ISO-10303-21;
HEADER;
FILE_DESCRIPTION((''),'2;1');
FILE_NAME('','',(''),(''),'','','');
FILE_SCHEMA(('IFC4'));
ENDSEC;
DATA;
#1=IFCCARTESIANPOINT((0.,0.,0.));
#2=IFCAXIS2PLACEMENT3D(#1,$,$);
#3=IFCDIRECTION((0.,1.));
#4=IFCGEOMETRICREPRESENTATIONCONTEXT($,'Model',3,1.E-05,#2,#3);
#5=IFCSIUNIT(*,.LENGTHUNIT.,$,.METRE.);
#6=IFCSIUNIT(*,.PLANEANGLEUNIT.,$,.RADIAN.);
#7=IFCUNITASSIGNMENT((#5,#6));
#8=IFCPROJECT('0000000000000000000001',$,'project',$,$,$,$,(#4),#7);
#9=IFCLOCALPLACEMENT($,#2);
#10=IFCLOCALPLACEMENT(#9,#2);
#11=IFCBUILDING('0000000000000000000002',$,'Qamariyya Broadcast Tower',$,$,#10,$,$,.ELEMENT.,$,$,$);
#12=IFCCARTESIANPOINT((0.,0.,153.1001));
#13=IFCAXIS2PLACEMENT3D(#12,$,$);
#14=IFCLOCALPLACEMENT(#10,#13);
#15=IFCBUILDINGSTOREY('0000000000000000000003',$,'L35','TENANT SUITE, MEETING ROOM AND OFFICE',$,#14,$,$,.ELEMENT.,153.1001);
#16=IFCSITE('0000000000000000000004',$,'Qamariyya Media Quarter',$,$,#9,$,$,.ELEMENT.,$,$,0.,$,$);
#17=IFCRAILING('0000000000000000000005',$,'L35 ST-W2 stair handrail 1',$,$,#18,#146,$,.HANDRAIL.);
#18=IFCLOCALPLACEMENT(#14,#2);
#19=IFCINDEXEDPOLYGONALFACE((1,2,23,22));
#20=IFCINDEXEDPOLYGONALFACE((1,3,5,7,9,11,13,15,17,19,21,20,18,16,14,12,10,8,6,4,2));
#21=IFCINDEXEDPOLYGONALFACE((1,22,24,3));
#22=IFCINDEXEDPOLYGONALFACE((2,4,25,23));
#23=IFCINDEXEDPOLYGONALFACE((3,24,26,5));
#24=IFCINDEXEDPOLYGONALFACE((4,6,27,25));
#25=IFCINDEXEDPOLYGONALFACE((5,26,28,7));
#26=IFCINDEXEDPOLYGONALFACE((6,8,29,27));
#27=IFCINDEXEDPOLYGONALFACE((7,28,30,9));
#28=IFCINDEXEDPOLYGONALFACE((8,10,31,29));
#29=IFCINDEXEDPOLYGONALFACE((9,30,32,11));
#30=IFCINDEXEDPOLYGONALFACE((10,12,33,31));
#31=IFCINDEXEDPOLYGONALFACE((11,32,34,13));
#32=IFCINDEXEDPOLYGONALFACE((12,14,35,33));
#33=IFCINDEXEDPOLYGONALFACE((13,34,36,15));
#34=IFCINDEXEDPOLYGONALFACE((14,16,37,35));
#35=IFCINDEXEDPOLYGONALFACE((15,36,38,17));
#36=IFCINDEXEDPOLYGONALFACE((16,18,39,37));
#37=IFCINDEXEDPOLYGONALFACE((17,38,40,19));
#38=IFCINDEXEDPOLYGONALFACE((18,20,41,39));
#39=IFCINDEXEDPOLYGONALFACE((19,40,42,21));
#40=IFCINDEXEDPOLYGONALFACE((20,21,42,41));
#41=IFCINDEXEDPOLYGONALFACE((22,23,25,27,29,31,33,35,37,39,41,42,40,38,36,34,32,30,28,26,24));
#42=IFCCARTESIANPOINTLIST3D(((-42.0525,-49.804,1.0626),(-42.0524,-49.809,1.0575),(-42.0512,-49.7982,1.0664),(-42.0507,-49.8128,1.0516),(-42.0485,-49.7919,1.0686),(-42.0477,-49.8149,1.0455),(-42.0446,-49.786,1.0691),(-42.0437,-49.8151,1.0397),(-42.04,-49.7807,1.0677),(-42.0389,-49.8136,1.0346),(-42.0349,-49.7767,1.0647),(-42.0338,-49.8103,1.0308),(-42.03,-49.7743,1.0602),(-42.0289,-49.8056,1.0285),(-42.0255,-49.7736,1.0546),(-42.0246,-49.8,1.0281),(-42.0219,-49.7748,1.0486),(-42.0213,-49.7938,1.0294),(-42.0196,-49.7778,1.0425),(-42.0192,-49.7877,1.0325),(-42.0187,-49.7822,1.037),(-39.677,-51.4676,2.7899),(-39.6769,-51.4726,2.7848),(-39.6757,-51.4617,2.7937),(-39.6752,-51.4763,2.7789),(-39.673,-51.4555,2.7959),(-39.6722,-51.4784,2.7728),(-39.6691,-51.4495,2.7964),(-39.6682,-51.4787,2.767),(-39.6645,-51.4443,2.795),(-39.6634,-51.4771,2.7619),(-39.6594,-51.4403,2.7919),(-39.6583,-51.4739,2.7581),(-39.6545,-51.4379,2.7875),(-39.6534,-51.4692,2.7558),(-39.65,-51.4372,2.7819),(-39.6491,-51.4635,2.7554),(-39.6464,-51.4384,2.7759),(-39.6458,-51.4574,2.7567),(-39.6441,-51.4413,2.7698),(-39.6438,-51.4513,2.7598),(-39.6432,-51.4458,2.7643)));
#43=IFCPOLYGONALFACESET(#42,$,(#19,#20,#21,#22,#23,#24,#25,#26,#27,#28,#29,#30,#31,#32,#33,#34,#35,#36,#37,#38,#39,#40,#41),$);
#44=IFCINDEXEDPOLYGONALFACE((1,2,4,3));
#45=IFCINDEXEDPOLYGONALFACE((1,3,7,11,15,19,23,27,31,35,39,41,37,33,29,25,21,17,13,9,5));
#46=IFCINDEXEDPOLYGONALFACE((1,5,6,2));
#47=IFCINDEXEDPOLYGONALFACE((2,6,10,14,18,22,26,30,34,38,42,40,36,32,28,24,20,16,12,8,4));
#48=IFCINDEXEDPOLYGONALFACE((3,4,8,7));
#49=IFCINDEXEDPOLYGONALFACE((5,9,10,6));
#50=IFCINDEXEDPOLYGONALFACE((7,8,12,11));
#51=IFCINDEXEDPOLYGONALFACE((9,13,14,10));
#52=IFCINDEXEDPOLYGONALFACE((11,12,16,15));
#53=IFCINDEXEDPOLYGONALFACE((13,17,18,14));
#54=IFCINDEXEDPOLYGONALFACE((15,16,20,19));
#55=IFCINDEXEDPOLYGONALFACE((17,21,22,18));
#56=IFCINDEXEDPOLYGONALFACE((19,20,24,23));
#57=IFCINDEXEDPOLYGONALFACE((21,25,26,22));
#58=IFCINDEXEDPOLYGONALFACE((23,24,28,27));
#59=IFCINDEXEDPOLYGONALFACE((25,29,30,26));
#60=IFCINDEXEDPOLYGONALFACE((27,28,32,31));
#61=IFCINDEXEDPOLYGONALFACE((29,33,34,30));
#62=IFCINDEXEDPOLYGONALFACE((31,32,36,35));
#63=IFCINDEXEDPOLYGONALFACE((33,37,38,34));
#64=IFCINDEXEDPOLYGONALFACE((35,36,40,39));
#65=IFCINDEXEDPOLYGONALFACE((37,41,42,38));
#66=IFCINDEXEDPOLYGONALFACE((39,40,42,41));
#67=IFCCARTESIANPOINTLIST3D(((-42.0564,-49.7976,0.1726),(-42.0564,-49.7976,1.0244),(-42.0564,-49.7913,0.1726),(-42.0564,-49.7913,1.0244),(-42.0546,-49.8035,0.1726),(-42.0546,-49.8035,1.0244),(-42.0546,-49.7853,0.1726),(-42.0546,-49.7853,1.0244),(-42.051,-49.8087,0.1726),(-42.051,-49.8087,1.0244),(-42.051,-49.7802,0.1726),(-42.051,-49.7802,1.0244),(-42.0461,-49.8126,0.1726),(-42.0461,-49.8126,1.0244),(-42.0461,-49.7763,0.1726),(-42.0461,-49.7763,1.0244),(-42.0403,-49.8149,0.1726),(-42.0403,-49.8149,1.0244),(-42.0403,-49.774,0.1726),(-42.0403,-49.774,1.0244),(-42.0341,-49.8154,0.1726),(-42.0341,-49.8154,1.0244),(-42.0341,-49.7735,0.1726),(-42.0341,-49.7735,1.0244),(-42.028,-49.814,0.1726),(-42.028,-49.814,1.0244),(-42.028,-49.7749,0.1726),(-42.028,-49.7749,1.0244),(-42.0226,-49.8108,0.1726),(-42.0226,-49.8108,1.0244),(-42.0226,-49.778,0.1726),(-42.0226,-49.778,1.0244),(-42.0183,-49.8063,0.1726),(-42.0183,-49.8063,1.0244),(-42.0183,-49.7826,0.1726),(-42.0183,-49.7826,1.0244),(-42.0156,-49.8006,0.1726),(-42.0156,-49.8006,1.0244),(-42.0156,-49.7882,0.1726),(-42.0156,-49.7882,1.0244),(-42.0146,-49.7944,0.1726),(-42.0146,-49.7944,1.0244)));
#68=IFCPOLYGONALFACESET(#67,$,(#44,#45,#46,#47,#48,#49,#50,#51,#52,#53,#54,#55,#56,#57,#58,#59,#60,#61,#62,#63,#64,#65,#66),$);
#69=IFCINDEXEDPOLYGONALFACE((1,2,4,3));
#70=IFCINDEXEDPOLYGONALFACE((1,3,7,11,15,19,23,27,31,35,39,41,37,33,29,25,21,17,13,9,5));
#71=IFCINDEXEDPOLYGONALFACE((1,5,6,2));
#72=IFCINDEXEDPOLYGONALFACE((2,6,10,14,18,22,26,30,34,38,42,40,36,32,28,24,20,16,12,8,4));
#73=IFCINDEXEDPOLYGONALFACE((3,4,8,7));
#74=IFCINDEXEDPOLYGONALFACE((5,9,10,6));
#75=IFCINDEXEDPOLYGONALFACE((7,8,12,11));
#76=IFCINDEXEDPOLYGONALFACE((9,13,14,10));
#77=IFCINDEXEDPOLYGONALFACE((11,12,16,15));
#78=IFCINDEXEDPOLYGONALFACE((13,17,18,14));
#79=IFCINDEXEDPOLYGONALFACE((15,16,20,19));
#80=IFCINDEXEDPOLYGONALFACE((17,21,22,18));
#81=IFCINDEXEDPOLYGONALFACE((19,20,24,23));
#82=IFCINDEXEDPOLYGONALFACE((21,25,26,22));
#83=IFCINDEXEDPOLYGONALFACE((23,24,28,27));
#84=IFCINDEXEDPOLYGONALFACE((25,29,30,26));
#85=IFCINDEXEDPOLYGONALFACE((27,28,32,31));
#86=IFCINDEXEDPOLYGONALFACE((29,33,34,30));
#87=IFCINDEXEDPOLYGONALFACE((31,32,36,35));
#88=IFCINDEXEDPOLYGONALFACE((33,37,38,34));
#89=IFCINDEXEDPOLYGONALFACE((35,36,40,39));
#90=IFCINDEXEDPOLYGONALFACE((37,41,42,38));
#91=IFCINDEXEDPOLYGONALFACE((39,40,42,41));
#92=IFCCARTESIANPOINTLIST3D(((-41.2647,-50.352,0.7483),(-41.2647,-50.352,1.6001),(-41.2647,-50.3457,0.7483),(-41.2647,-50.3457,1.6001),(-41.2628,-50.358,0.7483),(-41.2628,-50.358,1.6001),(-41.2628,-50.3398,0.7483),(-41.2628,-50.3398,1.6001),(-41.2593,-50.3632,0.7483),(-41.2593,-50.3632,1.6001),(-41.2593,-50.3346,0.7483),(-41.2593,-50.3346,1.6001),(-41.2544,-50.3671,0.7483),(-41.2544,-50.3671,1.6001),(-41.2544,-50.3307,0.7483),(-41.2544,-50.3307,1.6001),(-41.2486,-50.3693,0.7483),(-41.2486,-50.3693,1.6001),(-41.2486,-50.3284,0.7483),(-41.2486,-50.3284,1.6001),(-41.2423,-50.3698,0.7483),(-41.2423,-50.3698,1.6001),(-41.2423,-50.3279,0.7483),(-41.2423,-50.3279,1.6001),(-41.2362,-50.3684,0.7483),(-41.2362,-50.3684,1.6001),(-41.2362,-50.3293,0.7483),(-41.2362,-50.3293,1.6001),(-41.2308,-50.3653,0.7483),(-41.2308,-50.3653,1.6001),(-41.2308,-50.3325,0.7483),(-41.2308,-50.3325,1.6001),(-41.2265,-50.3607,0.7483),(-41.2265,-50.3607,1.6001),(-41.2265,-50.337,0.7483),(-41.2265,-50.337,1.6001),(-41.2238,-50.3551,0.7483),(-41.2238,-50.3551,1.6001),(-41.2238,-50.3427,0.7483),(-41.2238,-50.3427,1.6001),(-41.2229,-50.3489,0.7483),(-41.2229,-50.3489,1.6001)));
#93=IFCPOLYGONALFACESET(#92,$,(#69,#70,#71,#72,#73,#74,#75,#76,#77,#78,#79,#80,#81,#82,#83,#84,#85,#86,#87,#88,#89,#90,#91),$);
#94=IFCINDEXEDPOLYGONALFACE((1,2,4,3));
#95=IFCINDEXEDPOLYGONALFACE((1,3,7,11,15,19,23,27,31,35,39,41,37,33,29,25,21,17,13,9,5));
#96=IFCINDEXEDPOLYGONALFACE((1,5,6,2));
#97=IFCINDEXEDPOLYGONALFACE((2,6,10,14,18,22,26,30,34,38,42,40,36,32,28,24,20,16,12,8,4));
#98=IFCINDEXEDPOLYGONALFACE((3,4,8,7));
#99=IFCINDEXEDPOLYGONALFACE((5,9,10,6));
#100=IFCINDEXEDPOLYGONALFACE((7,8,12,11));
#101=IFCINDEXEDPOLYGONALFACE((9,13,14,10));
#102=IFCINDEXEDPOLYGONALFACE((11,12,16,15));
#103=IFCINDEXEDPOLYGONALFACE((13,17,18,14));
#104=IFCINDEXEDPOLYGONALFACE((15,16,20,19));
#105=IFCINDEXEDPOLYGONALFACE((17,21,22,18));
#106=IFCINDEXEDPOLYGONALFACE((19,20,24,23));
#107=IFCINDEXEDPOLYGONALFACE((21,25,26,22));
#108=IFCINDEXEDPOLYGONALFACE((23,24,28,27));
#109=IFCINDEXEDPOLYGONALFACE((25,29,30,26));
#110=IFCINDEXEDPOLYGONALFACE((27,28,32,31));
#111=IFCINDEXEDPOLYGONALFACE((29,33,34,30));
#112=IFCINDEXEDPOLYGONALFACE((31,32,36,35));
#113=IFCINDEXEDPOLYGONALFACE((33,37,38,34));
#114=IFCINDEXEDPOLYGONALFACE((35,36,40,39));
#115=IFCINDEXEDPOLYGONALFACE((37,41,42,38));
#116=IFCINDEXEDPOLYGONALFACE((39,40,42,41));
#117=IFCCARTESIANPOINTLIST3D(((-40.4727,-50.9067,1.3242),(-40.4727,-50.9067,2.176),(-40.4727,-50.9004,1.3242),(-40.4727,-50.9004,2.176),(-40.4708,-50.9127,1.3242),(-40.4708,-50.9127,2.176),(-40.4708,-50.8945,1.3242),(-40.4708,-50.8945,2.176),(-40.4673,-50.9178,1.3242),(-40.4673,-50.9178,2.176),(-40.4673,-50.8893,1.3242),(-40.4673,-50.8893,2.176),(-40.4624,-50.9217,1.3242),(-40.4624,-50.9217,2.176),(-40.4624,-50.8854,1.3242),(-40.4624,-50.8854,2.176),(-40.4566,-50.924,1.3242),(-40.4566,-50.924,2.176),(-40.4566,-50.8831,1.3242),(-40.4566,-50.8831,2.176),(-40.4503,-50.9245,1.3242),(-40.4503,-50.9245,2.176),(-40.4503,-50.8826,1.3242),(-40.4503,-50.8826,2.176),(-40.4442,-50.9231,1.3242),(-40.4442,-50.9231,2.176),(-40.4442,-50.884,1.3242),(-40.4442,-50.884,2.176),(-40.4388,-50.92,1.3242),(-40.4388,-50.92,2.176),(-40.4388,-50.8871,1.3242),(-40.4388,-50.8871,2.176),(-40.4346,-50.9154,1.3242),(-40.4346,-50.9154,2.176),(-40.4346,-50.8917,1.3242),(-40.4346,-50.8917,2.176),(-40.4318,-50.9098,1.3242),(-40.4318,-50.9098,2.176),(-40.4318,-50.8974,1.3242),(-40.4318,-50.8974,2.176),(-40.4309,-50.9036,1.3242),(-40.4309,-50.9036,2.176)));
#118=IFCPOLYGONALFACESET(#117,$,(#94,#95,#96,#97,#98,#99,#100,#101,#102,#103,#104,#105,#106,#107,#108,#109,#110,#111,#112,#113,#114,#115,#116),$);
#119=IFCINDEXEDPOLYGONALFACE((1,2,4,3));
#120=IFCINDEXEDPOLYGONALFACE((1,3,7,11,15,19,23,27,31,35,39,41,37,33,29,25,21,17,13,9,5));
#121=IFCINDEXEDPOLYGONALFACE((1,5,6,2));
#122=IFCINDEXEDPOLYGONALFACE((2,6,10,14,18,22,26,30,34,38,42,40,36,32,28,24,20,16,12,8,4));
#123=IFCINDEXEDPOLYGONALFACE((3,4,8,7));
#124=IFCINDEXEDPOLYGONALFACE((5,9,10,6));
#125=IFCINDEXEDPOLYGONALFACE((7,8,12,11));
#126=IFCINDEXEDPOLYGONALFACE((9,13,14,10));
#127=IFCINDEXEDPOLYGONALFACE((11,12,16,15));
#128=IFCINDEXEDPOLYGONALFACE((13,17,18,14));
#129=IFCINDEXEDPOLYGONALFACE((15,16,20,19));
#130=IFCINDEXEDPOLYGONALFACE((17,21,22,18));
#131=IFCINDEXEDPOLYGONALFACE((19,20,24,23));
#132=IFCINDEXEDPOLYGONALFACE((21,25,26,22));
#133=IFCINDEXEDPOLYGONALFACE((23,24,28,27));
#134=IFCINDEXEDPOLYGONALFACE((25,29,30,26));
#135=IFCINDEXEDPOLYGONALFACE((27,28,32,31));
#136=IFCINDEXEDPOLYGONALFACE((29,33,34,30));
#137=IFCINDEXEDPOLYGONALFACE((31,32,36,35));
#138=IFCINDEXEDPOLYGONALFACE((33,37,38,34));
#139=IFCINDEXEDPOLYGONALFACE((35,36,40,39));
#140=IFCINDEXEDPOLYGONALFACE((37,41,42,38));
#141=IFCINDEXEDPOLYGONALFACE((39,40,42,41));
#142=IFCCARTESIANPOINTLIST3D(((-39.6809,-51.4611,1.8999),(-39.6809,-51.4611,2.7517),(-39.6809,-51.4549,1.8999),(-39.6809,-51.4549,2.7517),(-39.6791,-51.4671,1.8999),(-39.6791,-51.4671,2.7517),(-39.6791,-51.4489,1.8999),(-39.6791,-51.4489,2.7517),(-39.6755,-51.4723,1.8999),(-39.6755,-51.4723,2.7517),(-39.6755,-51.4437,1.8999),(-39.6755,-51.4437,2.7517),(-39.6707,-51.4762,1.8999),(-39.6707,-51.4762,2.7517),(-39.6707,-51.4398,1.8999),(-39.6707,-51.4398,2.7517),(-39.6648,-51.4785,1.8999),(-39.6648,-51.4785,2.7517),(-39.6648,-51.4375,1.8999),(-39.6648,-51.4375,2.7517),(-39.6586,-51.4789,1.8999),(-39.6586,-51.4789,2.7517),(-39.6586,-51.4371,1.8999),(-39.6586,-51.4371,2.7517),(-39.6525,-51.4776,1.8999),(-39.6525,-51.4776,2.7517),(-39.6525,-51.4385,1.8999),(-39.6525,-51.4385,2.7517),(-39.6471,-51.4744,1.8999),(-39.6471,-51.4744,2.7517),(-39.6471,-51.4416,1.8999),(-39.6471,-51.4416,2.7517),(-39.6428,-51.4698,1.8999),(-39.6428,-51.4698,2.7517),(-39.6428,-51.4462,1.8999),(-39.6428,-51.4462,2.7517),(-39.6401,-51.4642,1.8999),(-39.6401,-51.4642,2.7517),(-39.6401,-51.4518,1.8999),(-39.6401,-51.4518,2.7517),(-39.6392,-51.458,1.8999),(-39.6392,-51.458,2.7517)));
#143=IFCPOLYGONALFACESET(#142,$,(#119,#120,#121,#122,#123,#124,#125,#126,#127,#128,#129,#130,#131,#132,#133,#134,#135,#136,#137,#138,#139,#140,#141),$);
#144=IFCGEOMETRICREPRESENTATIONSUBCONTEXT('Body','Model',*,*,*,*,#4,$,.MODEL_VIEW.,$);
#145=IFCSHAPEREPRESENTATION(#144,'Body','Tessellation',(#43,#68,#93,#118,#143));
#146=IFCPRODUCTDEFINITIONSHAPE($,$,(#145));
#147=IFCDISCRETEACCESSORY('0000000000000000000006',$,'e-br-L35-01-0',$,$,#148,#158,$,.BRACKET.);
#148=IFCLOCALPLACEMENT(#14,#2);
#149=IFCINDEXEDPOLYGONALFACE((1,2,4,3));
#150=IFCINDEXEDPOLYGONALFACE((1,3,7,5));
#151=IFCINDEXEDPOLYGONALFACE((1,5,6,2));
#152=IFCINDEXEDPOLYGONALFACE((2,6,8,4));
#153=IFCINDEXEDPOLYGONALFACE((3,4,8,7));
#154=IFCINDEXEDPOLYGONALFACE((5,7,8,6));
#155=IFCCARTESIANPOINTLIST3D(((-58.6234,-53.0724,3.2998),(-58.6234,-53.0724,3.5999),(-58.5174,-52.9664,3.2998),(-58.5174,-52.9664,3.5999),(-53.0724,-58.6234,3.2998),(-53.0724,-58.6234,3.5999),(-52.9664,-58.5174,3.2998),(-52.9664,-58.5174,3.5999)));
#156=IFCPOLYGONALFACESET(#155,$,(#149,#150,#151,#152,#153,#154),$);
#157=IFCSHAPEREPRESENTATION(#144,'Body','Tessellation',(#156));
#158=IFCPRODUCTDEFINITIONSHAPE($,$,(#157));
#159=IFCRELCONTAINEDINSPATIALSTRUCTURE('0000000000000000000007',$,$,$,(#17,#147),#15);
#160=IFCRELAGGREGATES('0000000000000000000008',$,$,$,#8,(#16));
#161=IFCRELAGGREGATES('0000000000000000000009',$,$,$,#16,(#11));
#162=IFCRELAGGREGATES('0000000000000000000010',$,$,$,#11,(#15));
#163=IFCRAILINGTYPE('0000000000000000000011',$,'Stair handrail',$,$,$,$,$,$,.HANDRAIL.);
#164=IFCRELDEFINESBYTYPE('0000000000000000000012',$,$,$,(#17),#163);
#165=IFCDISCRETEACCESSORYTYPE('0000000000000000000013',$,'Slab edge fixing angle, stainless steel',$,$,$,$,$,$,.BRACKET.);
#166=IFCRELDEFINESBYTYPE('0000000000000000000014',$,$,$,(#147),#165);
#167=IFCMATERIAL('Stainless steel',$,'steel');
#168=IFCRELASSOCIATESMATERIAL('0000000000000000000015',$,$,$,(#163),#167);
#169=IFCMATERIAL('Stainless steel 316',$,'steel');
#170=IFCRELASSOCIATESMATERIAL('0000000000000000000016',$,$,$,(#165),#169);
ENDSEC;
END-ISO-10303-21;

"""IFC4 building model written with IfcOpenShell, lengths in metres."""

from ifc_helpers import new_model, si_unit, direction, frame, origin, origin_2d, place, context, subcontext, project, spatial, rectangle, circle, extrude, material, type_object, element, save


model = new_model("IFC4")

# Units and contexts
model_context = context("Model", 3, precision=1e-05, world=origin(), true_north=direction((0.0, 1.0)))
body_context = subcontext(model_context, "Body", "Model", "MODEL_VIEW")
ifc_project = project(units=[si_unit("LENGTHUNIT", "METRE"), si_unit("PLANEANGLEUNIT", "RADIAN")], contexts=[model_context])

# Site, building, storey
site_placement = place(None, origin())
site = spatial("IfcSite", under=ifc_project, at=site_placement, Name="Qamariyya Media Quarter", CompositionType="ELEMENT", RefElevation=0.0)
building_placement = place(site_placement, origin())
building = spatial("IfcBuilding", under=site, at=building_placement, Name="Qamariyya Broadcast Tower", CompositionType="ELEMENT")
storey_placement = place(building_placement, frame((0.0, 0.0, 153.1001)))
storey = spatial("IfcBuildingStorey", under=building, at=storey_placement, Name="L35", Description="TENANT SUITE, MEETING ROOM AND OFFICE", CompositionType="ELEMENT", Elevation=153.1001)

# Railing
ifc_material_1 = material(Name="Stainless steel", Category="steel")
railing_type_1 = type_object("IfcRailingType", Name="Stair handrail", PredefinedType="HANDRAIL", material=ifc_material_1)
railing_1_placement = place(storey_placement, frame((-42.0356, -49.7944, 0.1726)))
element("IfcRailing", 1, at=railing_1_placement, inside=storey, type_object=railing_type_1, Name="L35 ST-W2 stair handrail 1", PredefinedType="HANDRAIL", context=body_context, shape_type="SweptSolid", body=[
    extrude(circle(Radius=0.0239, at=origin_2d()), frame((0.0, 0.0, 0.876), z_axis=(0.703745, -0.492838, 0.511716), x_axis=(0.573632, 0.819113, 0.0)), (0.0, 0.0, 1.0), 3.3755),
    extrude(circle(Radius=0.021, at=origin_2d()), origin(), (0.0, 0.0, 1.0), 0.8518),
    extrude(circle(Radius=0.021, at=origin_2d()), frame((0.7917, -0.5544, 0.5757)), (0.0, 0.0, 1.0), 0.8518),
    extrude(circle(Radius=0.021, at=origin_2d()), frame((1.5837, -1.1091, 1.1516)), (0.0, 0.0, 1.0), 0.8518),
    extrude(circle(Radius=0.021, at=origin_2d()), frame((2.3755, -1.6636, 1.7273)), (0.0, 0.0, 1.0), 0.8518),
])

# Discrete accessory
ifc_material_2 = material(Name="Stainless steel 316", Category="steel")
discrete_accessory_type = type_object("IfcDiscreteAccessoryType", Name="Slab edge fixing angle, stainless steel", PredefinedType="BRACKET", material=ifc_material_2)
discrete_accessory_placement = place(storey_placement, frame((-55.7949, -55.7949, 3.2998), z_axis=(0.0, 0.0, 1.0), x_axis=(0.707107, -0.707107, 0.0)))
element("IfcDiscreteAccessory", 2, at=discrete_accessory_placement, inside=storey, type_object=discrete_accessory_type, Name="e-br-L35-01-0", PredefinedType="BRACKET", context=body_context, shape_type="SweptSolid", body=[
    extrude(rectangle(XDim=7.8503, YDim=0.1499, at=origin_2d()), origin(), (0.0, 0.0, 1.0), 0.3),
])

save(model, "model.ifc")
